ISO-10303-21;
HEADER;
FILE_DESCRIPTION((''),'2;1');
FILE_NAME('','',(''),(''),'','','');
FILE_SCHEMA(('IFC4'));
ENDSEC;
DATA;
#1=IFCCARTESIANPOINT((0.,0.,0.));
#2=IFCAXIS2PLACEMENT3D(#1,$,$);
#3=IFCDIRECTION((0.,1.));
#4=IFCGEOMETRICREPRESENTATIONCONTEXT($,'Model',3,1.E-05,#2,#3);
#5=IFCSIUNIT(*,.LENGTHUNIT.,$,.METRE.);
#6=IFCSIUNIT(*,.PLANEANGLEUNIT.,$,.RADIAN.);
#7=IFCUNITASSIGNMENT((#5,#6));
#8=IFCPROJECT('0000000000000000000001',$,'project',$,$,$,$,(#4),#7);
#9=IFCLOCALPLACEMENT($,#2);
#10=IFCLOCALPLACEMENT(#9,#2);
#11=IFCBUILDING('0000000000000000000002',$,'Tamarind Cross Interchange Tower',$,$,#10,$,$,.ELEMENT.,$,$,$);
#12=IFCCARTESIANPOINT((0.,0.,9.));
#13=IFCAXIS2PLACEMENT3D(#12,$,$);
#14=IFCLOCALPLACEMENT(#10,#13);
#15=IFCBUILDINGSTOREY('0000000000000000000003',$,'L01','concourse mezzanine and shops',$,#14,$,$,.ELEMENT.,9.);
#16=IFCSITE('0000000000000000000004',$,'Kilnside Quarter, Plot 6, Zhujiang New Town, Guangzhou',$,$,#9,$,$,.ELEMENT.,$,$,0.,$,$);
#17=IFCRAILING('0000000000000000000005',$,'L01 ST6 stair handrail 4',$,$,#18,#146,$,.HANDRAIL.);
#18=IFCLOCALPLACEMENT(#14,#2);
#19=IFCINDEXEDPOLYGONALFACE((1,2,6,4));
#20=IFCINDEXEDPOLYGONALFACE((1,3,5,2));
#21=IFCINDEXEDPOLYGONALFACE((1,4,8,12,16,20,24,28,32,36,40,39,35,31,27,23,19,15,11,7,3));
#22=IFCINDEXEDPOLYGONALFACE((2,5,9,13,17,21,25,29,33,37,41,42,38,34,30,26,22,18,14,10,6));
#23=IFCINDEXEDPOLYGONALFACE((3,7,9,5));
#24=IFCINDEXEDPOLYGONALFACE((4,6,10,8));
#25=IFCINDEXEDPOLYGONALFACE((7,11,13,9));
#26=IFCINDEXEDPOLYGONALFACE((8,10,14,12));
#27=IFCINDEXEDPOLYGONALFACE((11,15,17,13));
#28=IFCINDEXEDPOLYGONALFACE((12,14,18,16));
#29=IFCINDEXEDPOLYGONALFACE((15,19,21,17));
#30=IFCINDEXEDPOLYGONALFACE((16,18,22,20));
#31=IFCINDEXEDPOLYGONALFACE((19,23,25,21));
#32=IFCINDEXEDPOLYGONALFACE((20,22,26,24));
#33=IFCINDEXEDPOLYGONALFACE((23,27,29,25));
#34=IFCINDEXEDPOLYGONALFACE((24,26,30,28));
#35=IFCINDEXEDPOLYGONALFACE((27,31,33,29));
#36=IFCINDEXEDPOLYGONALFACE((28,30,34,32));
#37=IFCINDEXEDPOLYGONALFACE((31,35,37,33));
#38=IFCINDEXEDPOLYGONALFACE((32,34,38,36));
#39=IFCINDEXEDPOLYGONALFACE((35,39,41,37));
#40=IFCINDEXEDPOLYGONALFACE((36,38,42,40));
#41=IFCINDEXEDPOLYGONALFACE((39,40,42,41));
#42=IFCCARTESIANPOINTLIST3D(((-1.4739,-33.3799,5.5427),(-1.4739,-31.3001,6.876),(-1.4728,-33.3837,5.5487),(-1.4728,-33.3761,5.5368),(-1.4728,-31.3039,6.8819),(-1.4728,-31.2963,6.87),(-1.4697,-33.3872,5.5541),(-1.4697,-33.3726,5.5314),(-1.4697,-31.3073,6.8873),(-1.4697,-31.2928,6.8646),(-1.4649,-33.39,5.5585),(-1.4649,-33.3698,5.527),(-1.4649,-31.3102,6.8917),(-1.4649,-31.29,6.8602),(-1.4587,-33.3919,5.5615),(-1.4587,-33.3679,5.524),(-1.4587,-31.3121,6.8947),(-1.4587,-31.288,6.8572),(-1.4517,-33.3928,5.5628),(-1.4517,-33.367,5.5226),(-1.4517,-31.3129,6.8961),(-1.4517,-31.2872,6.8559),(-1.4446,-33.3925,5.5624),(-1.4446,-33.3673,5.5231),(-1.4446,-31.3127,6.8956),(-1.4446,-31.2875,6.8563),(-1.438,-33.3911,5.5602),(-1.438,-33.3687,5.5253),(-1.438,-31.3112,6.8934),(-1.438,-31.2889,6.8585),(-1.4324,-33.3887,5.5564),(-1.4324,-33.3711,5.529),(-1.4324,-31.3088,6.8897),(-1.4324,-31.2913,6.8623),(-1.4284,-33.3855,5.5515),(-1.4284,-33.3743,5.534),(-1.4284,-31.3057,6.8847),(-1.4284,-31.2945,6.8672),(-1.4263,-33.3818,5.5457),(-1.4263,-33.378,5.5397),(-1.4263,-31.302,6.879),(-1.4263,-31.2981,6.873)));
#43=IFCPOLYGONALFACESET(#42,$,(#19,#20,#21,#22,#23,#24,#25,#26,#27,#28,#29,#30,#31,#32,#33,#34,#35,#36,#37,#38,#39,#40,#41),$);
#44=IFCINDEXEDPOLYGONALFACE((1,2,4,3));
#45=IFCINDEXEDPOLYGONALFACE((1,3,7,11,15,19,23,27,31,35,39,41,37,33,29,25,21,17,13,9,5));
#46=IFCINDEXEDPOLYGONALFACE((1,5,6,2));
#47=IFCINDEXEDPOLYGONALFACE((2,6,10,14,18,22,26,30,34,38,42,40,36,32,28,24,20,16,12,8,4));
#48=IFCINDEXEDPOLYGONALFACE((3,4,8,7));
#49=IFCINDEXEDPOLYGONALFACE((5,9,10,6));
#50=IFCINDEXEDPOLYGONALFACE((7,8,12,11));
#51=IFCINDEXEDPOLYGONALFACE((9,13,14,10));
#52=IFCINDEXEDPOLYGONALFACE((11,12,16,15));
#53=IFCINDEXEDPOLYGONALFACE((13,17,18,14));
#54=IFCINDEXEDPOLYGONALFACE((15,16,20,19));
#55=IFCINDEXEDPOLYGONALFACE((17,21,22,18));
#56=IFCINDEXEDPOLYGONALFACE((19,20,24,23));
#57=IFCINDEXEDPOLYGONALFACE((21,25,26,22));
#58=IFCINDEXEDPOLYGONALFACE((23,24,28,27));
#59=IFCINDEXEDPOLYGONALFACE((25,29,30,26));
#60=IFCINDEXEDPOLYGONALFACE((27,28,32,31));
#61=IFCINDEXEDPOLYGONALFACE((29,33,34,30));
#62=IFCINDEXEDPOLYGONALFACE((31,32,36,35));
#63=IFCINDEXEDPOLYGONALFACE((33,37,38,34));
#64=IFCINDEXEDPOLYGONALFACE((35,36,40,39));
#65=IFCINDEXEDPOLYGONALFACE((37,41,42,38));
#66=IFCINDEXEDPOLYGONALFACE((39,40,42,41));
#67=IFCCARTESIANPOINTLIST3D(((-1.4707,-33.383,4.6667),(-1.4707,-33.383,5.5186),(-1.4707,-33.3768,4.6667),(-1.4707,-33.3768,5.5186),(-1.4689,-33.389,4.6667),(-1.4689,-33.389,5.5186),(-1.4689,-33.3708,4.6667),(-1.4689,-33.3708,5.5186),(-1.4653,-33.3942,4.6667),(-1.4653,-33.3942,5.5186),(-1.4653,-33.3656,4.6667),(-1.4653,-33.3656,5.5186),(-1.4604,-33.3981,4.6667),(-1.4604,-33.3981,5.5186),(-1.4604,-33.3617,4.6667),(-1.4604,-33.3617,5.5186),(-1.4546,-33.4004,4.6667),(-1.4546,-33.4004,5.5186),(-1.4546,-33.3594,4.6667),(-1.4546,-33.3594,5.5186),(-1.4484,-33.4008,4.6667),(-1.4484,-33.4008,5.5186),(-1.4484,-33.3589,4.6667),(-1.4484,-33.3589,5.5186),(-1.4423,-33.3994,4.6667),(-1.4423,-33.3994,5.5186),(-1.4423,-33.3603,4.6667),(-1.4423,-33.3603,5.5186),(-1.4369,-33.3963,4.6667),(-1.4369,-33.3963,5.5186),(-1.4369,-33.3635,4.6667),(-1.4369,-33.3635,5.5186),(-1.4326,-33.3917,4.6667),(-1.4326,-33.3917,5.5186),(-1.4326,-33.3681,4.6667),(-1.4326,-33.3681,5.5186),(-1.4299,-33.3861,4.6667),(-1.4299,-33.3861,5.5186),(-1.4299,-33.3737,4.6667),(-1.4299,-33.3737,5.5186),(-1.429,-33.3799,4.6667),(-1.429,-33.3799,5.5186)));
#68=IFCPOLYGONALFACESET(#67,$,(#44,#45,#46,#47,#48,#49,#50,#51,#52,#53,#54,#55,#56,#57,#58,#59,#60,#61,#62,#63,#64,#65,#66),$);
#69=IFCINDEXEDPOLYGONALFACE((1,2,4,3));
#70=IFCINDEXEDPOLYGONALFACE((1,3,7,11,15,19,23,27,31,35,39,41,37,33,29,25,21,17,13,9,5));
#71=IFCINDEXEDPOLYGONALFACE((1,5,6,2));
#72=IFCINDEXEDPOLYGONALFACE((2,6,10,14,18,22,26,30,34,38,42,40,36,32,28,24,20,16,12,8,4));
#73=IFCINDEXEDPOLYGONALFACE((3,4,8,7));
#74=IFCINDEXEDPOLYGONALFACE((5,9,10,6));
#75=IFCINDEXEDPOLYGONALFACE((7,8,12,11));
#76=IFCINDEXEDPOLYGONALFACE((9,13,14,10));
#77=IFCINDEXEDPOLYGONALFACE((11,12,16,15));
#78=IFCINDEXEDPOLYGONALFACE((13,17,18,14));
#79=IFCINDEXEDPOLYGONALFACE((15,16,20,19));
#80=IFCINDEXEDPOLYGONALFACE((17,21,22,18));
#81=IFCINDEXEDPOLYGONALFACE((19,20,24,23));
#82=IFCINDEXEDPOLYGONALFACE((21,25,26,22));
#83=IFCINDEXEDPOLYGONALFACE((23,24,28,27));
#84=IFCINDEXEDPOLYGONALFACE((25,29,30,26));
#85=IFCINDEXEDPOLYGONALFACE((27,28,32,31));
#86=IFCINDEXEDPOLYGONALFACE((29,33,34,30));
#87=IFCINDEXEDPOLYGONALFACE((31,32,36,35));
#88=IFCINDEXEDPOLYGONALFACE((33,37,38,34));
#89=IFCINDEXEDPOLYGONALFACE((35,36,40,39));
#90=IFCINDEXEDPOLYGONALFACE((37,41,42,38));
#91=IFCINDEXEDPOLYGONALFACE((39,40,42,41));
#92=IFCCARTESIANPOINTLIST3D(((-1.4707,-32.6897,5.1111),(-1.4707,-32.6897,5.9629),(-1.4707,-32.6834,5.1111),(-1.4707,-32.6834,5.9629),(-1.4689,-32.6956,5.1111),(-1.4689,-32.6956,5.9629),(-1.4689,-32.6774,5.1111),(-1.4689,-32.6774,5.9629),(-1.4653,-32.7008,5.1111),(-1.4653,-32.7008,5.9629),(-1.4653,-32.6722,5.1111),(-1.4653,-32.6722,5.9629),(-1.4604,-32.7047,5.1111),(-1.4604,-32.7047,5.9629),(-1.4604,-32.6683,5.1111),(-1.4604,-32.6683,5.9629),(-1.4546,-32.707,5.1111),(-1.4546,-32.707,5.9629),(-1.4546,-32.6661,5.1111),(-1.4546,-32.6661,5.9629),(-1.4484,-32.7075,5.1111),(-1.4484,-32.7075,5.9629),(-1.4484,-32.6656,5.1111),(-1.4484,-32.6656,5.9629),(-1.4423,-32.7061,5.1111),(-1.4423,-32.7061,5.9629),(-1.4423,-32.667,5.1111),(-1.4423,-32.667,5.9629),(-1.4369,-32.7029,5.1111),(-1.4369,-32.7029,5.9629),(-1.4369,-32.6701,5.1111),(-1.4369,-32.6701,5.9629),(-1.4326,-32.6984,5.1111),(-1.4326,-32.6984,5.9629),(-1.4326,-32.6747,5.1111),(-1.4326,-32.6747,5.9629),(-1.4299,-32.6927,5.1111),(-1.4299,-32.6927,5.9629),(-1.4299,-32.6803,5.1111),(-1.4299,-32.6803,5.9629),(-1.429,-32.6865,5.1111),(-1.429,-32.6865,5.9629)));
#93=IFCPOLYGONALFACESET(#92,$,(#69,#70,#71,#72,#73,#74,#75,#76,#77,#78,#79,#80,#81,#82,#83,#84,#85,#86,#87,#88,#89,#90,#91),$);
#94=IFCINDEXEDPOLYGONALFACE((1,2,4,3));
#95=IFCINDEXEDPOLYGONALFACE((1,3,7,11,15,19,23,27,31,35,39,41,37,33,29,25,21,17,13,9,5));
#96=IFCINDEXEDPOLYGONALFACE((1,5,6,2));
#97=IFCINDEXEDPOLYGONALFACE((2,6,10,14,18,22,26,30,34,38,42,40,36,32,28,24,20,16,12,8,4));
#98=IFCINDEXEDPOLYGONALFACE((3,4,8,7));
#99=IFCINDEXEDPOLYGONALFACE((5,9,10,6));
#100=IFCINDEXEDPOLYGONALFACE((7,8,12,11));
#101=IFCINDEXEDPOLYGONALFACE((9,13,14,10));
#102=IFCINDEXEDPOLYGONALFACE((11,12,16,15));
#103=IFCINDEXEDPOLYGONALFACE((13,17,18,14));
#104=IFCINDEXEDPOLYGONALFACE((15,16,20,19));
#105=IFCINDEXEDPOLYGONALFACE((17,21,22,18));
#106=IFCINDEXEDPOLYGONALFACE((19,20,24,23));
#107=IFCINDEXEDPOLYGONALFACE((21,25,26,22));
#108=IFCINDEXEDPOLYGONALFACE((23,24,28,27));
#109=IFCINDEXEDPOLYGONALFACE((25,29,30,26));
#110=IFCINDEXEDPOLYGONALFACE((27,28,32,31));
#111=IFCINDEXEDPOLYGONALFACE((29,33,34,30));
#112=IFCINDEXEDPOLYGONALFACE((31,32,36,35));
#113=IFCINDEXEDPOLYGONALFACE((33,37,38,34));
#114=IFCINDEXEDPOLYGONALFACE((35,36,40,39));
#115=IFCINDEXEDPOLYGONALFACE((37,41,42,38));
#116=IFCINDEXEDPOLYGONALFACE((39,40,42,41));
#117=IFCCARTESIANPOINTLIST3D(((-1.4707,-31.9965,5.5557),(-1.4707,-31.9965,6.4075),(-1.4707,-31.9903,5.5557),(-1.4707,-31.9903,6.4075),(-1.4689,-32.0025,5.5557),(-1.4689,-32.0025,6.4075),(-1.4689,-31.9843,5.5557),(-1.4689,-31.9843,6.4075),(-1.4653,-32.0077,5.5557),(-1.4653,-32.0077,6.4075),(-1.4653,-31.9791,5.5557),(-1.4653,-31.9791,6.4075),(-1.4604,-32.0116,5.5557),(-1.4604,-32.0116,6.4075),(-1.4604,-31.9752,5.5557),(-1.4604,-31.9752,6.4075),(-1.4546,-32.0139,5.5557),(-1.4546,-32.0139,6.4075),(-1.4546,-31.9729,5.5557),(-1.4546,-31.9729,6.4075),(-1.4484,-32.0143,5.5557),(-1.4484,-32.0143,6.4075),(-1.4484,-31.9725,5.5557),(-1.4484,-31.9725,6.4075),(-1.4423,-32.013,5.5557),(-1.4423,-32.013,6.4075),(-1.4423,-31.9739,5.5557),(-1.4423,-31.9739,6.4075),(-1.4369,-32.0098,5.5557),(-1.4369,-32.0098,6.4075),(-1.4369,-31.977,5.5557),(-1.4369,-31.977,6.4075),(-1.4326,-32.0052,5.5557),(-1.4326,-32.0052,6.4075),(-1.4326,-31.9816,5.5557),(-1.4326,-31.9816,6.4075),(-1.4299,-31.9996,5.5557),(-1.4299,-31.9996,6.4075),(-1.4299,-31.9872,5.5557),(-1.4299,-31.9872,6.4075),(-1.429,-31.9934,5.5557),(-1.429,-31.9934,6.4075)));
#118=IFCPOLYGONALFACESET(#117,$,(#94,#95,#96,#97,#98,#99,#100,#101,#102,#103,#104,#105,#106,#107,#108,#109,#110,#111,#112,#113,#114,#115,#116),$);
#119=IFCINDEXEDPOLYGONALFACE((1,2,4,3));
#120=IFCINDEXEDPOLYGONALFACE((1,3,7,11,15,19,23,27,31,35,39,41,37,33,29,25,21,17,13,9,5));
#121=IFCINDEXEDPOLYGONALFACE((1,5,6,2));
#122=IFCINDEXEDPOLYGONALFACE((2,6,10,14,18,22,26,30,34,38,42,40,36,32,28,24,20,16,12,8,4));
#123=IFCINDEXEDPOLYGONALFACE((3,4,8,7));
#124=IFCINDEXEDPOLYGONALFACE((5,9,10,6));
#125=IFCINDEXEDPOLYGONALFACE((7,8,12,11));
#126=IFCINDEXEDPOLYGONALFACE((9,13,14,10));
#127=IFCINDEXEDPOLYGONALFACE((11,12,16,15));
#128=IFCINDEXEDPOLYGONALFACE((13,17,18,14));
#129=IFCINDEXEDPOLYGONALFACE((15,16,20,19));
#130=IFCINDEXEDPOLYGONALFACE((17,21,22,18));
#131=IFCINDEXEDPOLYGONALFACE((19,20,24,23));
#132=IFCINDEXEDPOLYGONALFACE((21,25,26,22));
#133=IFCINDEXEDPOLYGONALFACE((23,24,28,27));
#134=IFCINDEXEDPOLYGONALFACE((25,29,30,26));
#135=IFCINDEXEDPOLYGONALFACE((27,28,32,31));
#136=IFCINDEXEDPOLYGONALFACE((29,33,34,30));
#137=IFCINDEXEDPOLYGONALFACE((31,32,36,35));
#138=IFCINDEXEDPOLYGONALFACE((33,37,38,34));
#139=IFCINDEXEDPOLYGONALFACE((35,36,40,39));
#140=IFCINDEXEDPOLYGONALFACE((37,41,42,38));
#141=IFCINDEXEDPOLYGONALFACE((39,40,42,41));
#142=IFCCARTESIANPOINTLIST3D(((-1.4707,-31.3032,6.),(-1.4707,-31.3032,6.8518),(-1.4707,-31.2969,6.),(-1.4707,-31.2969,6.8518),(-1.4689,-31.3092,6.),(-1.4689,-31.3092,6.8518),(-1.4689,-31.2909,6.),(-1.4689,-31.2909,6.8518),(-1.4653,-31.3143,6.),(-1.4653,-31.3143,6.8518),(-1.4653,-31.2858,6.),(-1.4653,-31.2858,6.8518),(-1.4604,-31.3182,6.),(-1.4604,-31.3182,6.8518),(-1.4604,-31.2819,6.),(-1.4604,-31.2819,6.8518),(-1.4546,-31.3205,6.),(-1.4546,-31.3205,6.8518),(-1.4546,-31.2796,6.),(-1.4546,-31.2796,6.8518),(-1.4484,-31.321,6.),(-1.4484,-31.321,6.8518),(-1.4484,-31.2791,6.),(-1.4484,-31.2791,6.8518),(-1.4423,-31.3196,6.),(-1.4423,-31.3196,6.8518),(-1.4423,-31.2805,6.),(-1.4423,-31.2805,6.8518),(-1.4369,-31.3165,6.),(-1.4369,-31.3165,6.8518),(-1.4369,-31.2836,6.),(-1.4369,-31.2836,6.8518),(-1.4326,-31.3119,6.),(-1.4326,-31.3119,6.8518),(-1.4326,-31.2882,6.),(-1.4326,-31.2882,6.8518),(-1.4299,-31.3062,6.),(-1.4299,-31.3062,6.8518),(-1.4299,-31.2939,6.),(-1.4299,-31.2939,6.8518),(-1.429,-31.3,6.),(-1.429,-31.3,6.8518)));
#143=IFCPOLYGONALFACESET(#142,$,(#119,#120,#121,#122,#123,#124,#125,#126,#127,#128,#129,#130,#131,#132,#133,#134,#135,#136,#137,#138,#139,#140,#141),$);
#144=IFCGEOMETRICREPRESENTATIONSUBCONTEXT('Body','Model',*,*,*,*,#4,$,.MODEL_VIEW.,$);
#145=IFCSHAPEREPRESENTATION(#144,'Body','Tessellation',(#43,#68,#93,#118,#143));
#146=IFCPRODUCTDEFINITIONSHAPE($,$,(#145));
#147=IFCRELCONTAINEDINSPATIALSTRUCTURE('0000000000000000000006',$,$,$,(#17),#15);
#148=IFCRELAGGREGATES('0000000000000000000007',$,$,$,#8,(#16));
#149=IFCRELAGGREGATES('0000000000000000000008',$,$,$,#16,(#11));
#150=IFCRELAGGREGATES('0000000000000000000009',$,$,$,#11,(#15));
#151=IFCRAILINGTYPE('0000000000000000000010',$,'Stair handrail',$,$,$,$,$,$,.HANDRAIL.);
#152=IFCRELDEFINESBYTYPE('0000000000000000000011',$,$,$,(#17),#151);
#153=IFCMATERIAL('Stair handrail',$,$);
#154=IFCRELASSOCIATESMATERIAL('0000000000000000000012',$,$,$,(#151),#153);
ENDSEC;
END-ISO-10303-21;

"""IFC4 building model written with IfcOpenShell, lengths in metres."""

from ifc_helpers import new_model, si_unit, direction, frame, origin, origin_2d, place, context, subcontext, project, spatial, circle, extrude, material, type_object, element, save


model = new_model("IFC4")

# Units and contexts
model_context = context("Model", 3, precision=1e-05, world=origin(), true_north=direction((0.0, 1.0)))
body_context = subcontext(model_context, "Body", "Model", "MODEL_VIEW")
ifc_project = project(units=[si_unit("LENGTHUNIT", "METRE"), si_unit("PLANEANGLEUNIT", "RADIAN")], contexts=[model_context])

# Site, building, storey
site_placement = place(None, origin())
site = spatial("IfcSite", under=ifc_project, at=site_placement, Name="Kilnside Quarter, Plot 6, Zhujiang New Town, Guangzhou", CompositionType="ELEMENT", RefElevation=0.0)
building_placement = place(site_placement, origin())
building = spatial("IfcBuilding", under=site, at=building_placement, Name="Tamarind Cross Interchange Tower", CompositionType="ELEMENT")
storey_placement = place(building_placement, frame((0.0, 0.0, 9.0)))
storey = spatial("IfcBuildingStorey", under=building, at=storey_placement, Name="L01", Description="concourse mezzanine and shops", CompositionType="ELEMENT", Elevation=9.0)

# Railing
ifc_material_1 = material(Name="Stair handrail")
railing_type_1 = type_object("IfcRailingType", Name="Stair handrail", PredefinedType="HANDRAIL", material=ifc_material_1)
railing_1_placement = place(storey_placement, frame((-1.45, -33.3799, 4.6667)))
element("IfcRailing", 1, at=railing_1_placement, inside=storey, type_object=railing_type_1, Name="L01 ST6 stair handrail 4", PredefinedType="HANDRAIL", context=body_context, shape_type="SweptSolid", body=[
    extrude(circle(Radius=0.0239, at=origin_2d()), frame((0.0, 0.0, 0.876), z_axis=(0.0, 0.841875, 0.539673), x_axis=(-1.0, 0.0, 0.0)), (0.0, 0.0, 1.0), 2.4705),
    extrude(circle(Radius=0.021, at=origin_2d()), origin(), (0.0, 0.0, 1.0), 0.8518),
    extrude(circle(Radius=0.021, at=origin_2d()), frame((0.0, 0.6934, 0.4443)), (0.0, 0.0, 1.0), 0.8518),
    extrude(circle(Radius=0.021, at=origin_2d()), frame((0.0, 1.3865, 0.8889)), (0.0, 0.0, 1.0), 0.8518),
    extrude(circle(Radius=0.021, at=origin_2d()), frame((0.0, 2.0798, 1.3333)), (0.0, 0.0, 1.0), 0.8518),
])

save(model, "model.ifc")
